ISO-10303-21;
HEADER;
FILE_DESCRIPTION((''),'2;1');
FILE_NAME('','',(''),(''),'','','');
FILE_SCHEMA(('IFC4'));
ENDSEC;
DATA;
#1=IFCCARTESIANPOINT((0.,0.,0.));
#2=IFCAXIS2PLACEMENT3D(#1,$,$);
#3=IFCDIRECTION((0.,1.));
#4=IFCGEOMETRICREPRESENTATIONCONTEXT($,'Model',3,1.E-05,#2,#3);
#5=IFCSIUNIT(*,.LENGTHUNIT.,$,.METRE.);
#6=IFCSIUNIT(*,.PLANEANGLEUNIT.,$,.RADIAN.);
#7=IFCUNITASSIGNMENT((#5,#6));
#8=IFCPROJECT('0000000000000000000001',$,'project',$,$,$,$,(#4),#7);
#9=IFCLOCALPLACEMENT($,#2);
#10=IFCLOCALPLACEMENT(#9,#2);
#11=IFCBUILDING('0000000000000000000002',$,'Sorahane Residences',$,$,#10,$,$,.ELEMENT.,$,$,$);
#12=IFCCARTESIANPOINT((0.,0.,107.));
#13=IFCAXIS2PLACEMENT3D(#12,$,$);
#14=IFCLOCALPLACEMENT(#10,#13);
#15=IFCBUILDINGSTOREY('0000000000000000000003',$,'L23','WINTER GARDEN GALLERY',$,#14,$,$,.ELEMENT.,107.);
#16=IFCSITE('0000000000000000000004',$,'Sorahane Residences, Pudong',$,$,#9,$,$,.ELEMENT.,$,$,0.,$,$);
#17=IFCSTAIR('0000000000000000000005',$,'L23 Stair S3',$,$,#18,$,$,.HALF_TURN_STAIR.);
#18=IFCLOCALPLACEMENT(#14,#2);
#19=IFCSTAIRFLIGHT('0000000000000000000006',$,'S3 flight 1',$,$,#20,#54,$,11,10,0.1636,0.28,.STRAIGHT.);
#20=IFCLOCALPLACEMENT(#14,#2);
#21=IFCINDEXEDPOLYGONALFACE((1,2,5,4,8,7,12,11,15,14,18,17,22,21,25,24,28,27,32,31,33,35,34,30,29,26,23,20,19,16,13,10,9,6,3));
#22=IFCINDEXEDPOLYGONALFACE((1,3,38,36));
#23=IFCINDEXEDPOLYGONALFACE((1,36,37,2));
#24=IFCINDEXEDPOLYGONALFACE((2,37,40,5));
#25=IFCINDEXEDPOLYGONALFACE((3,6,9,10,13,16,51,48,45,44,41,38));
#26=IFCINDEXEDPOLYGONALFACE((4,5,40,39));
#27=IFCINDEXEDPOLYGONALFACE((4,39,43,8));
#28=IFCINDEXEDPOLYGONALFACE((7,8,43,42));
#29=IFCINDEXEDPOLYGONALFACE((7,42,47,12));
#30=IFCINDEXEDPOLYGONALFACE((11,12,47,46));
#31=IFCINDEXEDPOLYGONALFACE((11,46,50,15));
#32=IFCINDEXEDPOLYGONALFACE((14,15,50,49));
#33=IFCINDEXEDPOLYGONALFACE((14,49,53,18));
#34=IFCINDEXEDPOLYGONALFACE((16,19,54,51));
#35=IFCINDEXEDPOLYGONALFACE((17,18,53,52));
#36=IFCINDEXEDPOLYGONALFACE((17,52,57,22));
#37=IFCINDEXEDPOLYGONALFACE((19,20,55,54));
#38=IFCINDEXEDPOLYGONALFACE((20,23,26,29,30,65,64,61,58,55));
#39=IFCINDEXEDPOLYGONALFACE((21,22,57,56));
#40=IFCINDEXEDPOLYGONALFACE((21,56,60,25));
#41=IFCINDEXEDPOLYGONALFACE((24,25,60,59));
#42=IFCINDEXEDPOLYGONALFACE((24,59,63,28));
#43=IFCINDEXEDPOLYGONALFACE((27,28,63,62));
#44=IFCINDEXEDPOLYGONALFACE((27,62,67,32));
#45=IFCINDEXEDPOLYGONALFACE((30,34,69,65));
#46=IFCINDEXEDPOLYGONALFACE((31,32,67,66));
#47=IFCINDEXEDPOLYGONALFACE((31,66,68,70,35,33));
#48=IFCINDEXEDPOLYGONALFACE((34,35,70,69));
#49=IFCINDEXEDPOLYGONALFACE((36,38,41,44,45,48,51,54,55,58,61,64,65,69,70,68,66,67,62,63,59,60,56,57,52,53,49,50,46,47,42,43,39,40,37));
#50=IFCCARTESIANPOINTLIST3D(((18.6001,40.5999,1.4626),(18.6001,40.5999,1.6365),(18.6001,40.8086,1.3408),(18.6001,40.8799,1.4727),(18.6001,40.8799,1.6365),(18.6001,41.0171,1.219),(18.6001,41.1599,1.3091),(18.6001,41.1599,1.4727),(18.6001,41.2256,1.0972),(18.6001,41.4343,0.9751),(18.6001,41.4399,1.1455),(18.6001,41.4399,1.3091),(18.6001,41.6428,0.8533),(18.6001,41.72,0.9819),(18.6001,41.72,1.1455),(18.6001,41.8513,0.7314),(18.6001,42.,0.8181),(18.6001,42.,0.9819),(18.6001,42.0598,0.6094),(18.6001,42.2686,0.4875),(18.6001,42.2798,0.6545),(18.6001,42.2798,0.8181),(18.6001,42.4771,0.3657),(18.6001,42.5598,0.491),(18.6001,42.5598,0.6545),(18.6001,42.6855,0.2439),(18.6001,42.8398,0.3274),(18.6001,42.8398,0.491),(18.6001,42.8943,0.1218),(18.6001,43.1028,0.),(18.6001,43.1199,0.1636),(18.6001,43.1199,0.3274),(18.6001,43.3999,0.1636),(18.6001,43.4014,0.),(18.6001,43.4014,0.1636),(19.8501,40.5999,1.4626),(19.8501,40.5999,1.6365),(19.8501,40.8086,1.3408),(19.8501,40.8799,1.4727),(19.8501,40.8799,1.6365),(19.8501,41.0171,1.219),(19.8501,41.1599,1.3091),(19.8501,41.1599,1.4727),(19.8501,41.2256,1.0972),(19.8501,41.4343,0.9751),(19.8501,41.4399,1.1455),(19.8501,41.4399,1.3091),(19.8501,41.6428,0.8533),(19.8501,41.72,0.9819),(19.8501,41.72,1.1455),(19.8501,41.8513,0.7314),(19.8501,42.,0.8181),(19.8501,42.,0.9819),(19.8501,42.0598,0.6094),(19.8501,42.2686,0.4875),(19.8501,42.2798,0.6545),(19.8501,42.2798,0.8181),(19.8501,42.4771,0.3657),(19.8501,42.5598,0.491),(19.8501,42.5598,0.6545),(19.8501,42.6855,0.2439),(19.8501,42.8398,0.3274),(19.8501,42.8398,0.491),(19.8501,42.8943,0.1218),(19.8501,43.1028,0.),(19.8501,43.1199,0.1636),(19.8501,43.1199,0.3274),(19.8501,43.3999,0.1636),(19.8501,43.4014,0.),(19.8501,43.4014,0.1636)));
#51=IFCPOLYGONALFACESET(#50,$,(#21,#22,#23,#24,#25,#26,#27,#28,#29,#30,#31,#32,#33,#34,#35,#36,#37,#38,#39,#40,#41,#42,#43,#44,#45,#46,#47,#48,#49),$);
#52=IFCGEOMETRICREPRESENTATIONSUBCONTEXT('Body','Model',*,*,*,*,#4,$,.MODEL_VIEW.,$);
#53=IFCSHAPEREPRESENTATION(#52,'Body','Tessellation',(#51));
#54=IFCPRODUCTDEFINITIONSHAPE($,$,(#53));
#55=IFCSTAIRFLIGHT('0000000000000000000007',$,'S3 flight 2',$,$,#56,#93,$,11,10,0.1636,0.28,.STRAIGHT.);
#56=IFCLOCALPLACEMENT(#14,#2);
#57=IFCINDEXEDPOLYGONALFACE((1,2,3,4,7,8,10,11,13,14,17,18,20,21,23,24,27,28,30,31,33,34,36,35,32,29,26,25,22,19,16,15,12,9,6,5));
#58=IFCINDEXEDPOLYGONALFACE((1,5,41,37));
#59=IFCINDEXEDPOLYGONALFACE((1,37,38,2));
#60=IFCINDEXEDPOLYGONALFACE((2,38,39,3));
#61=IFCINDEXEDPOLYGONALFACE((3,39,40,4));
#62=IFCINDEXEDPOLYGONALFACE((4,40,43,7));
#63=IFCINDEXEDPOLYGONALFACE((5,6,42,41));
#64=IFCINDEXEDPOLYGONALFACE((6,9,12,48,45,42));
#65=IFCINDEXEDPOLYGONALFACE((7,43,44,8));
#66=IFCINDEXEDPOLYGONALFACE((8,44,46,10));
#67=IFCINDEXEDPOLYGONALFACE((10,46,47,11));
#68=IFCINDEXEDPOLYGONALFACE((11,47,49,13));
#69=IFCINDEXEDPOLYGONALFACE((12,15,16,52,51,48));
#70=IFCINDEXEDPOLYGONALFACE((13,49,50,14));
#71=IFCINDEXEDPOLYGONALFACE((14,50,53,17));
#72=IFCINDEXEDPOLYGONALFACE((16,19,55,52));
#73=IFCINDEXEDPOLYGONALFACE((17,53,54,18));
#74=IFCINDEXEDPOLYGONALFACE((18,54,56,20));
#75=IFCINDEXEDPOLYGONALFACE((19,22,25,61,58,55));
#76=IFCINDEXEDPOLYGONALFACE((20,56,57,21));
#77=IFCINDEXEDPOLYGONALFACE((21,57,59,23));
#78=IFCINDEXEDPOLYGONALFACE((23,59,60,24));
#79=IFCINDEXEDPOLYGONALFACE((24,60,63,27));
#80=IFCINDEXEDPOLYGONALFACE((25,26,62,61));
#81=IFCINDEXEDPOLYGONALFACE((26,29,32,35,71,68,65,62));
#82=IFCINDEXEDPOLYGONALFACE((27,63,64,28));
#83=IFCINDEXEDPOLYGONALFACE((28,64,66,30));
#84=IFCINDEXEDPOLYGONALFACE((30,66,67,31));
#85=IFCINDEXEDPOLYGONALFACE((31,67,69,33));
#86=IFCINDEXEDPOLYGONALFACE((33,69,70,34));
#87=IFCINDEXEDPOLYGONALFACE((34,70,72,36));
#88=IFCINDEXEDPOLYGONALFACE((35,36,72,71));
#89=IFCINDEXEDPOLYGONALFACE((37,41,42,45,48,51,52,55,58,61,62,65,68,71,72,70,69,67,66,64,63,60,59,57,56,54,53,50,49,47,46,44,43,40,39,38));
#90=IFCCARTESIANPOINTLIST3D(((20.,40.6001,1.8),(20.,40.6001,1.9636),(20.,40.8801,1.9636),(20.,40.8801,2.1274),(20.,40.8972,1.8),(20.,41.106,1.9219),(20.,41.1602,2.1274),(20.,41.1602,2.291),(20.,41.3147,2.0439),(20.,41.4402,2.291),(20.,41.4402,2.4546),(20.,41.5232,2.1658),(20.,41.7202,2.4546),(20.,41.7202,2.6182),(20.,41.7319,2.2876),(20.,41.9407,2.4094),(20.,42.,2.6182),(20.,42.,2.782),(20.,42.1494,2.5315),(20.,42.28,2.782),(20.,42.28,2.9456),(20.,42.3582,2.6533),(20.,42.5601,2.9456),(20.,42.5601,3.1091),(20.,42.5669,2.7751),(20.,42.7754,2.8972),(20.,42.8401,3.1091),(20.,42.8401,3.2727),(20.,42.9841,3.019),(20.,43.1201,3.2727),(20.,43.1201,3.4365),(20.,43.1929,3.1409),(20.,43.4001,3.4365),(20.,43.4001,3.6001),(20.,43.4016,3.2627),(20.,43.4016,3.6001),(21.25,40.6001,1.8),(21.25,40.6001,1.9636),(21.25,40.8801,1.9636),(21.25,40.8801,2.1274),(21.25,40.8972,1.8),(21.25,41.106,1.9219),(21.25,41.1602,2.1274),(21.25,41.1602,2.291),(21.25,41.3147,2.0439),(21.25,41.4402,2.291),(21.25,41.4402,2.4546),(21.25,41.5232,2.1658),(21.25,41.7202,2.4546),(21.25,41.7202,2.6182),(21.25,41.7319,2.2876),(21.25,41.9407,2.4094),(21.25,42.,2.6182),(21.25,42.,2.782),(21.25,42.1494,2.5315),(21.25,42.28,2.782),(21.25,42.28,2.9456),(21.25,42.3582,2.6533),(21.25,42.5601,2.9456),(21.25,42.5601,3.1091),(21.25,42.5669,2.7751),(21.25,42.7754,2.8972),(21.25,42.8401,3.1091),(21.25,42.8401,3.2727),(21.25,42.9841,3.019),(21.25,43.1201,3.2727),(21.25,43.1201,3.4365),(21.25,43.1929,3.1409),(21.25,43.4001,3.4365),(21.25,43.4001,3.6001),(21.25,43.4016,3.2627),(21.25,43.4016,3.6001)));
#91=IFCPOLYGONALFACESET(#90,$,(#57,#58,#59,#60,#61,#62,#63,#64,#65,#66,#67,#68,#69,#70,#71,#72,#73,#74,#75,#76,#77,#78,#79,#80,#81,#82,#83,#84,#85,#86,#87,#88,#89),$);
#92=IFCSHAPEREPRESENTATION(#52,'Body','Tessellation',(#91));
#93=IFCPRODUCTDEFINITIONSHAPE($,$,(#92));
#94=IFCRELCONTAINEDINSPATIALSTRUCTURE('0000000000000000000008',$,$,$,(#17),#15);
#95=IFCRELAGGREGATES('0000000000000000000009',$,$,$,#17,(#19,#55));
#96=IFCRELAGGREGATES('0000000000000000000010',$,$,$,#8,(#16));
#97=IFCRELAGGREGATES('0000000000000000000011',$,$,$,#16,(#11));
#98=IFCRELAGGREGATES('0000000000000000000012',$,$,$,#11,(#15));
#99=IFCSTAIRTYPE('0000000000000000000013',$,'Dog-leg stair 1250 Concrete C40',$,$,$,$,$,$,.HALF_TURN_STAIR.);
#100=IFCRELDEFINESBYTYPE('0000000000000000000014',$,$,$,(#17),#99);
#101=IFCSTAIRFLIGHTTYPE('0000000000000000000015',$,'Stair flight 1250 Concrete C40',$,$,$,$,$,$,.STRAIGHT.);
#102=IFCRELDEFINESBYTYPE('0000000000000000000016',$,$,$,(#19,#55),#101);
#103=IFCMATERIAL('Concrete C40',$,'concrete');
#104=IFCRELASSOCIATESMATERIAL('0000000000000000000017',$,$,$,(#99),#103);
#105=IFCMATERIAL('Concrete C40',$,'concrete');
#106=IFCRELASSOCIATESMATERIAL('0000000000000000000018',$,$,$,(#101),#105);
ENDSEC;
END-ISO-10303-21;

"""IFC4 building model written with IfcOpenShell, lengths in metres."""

from ifc_helpers import new_model, si_unit, direction, frame, origin, place, context, subcontext, project, spatial, polyline, outline, extrude, material, type_object, element, aggregate, save


model = new_model("IFC4")

# Units and contexts
model_context = context("Model", 3, precision=1e-05, world=origin(), true_north=direction((0.0, 1.0)))
body_context = subcontext(model_context, "Body", "Model", "MODEL_VIEW")
ifc_project = project(units=[si_unit("LENGTHUNIT", "METRE"), si_unit("PLANEANGLEUNIT", "RADIAN")], contexts=[model_context])

# Site, building, storey
site_placement = place(None, origin())
site = spatial("IfcSite", under=ifc_project, at=site_placement, Name="Sorahane Residences, Pudong", CompositionType="ELEMENT", RefElevation=0.0)
building_placement = place(site_placement, origin())
building = spatial("IfcBuilding", under=site, at=building_placement, Name="Sorahane Residences", CompositionType="ELEMENT")
storey_placement = place(building_placement, frame((0.0, 0.0, 107.0)))
storey = spatial("IfcBuildingStorey", under=building, at=storey_placement, Name="L23", Description="WINTER GARDEN GALLERY", CompositionType="ELEMENT", Elevation=107.0)

# Shared definitions
ifc_material_1 = material(Name="Concrete C40", Category="concrete")
stair_type = type_object("IfcStairType", Name="Dog-leg stair 1250 Concrete C40", PredefinedType="HALF_TURN_STAIR", material=ifc_material_1)
ifc_material_2 = material(Name="Concrete C40", Category="concrete")
stair_flight_type = type_object("IfcStairFlightType", Name="Stair flight 1250 Concrete C40", PredefinedType="STRAIGHT", material=ifc_material_2)

# Stair, stair flights
stair_1_placement = place(storey_placement, origin())
stair_1 = element("IfcStair", 1, at=stair_1_placement, inside=storey, type_object=stair_type, Name="L23 Stair S3", PredefinedType="HALF_TURN_STAIR")
stair_flight_1_placement = place(storey_placement, frame((19.2251, 43.3999, 0.0), z_axis=(0.0, 0.0, 1.0), x_axis=(0.0, -1.0, 0.0)))
stair_flight_1 = element("IfcStairFlight", 2, at=stair_flight_1_placement, type_object=stair_flight_type, Name="S3 flight 1", NumberOfRisers=11, NumberOfTreads=10, PredefinedType="STRAIGHT", RiserHeight=0.1636, TreadLength=0.28, context=body_context, shape_type="SweptSolid", body=[
    extrude(outline(polyline([(-0.0015, 0.0), (-0.0015, 0.1636), (0.0, 0.1636), (0.28, 0.1636), (0.28, 0.3274), (0.5601, 0.3274), (0.5601, 0.491), (0.8401, 0.491), (0.8401, 0.6545), (1.1201, 0.6545), (1.1201, 0.8181), (1.3999, 0.8181), (1.3999, 0.9819), (1.6799, 0.9819), (1.6799, 1.1455), (1.96, 1.1455), (1.96, 1.3091), (2.24, 1.3091), (2.24, 1.4727), (2.52, 1.4727), (2.52, 1.6365), (2.8, 1.6365), (2.8, 1.8), (2.8, 1.4626), (2.5913, 1.3408), (2.3828, 1.219), (2.1743, 1.0972), (1.9656, 0.9751), (1.7571, 0.8533), (1.5486, 0.7314), (1.3401, 0.6094), (1.1313, 0.4875), (0.9229, 0.3657), (0.7144, 0.2439), (0.5056, 0.1218), (0.2971, 0.0), (-0.0015, 0.0)])), frame((0.0, 0.625, 0.0), z_axis=(0.0, -1.0, 0.0), x_axis=(1.0, 0.0, 0.0)), (0.0, 0.0, 1.0), 1.25),
])
stair_flight_2_placement = place(storey_placement, frame((20.625, 40.6001, 1.8), z_axis=(0.0, 0.0, 1.0), x_axis=(0.0, 1.0, 0.0)))
stair_flight_2 = element("IfcStairFlight", 3, at=stair_flight_2_placement, type_object=stair_flight_type, Name="S3 flight 2", NumberOfRisers=11, NumberOfTreads=10, PredefinedType="STRAIGHT", RiserHeight=0.1636, TreadLength=0.28, context=body_context, shape_type="SweptSolid", body=[
    extrude(outline(polyline([(0.0, 0.0), (0.0, 0.1636), (0.28, 0.1636), (0.28, 0.3274), (0.5601, 0.3274), (0.5601, 0.491), (0.8401, 0.491), (0.8401, 0.6545), (1.1201, 0.6545), (1.1201, 0.8181), (1.3999, 0.8181), (1.3999, 0.9819), (1.6799, 0.9819), (1.6799, 1.1455), (1.96, 1.1455), (1.96, 1.3091), (2.24, 1.3091), (2.24, 1.4727), (2.52, 1.4727), (2.52, 1.6365), (2.8, 1.6365), (2.8, 1.8), (2.8015, 1.8), (2.8015, 1.4626), (2.5928, 1.3408), (2.384, 1.219), (2.1753, 1.0972), (1.9668, 0.9751), (1.7581, 0.8533), (1.5493, 0.7314), (1.3406, 0.6094), (1.1318, 0.4875), (0.9231, 0.3657), (0.7146, 0.2439), (0.5059, 0.1218), (0.2971, 0.0), (0.0, 0.0)])), frame((0.0, 0.625, 0.0), z_axis=(0.0, -1.0, 0.0), x_axis=(1.0, 0.0, 0.0)), (0.0, 0.0, 1.0), 1.25),
])
aggregate(stair_1, [stair_flight_1, stair_flight_2])

save(model, "model.ifc")
